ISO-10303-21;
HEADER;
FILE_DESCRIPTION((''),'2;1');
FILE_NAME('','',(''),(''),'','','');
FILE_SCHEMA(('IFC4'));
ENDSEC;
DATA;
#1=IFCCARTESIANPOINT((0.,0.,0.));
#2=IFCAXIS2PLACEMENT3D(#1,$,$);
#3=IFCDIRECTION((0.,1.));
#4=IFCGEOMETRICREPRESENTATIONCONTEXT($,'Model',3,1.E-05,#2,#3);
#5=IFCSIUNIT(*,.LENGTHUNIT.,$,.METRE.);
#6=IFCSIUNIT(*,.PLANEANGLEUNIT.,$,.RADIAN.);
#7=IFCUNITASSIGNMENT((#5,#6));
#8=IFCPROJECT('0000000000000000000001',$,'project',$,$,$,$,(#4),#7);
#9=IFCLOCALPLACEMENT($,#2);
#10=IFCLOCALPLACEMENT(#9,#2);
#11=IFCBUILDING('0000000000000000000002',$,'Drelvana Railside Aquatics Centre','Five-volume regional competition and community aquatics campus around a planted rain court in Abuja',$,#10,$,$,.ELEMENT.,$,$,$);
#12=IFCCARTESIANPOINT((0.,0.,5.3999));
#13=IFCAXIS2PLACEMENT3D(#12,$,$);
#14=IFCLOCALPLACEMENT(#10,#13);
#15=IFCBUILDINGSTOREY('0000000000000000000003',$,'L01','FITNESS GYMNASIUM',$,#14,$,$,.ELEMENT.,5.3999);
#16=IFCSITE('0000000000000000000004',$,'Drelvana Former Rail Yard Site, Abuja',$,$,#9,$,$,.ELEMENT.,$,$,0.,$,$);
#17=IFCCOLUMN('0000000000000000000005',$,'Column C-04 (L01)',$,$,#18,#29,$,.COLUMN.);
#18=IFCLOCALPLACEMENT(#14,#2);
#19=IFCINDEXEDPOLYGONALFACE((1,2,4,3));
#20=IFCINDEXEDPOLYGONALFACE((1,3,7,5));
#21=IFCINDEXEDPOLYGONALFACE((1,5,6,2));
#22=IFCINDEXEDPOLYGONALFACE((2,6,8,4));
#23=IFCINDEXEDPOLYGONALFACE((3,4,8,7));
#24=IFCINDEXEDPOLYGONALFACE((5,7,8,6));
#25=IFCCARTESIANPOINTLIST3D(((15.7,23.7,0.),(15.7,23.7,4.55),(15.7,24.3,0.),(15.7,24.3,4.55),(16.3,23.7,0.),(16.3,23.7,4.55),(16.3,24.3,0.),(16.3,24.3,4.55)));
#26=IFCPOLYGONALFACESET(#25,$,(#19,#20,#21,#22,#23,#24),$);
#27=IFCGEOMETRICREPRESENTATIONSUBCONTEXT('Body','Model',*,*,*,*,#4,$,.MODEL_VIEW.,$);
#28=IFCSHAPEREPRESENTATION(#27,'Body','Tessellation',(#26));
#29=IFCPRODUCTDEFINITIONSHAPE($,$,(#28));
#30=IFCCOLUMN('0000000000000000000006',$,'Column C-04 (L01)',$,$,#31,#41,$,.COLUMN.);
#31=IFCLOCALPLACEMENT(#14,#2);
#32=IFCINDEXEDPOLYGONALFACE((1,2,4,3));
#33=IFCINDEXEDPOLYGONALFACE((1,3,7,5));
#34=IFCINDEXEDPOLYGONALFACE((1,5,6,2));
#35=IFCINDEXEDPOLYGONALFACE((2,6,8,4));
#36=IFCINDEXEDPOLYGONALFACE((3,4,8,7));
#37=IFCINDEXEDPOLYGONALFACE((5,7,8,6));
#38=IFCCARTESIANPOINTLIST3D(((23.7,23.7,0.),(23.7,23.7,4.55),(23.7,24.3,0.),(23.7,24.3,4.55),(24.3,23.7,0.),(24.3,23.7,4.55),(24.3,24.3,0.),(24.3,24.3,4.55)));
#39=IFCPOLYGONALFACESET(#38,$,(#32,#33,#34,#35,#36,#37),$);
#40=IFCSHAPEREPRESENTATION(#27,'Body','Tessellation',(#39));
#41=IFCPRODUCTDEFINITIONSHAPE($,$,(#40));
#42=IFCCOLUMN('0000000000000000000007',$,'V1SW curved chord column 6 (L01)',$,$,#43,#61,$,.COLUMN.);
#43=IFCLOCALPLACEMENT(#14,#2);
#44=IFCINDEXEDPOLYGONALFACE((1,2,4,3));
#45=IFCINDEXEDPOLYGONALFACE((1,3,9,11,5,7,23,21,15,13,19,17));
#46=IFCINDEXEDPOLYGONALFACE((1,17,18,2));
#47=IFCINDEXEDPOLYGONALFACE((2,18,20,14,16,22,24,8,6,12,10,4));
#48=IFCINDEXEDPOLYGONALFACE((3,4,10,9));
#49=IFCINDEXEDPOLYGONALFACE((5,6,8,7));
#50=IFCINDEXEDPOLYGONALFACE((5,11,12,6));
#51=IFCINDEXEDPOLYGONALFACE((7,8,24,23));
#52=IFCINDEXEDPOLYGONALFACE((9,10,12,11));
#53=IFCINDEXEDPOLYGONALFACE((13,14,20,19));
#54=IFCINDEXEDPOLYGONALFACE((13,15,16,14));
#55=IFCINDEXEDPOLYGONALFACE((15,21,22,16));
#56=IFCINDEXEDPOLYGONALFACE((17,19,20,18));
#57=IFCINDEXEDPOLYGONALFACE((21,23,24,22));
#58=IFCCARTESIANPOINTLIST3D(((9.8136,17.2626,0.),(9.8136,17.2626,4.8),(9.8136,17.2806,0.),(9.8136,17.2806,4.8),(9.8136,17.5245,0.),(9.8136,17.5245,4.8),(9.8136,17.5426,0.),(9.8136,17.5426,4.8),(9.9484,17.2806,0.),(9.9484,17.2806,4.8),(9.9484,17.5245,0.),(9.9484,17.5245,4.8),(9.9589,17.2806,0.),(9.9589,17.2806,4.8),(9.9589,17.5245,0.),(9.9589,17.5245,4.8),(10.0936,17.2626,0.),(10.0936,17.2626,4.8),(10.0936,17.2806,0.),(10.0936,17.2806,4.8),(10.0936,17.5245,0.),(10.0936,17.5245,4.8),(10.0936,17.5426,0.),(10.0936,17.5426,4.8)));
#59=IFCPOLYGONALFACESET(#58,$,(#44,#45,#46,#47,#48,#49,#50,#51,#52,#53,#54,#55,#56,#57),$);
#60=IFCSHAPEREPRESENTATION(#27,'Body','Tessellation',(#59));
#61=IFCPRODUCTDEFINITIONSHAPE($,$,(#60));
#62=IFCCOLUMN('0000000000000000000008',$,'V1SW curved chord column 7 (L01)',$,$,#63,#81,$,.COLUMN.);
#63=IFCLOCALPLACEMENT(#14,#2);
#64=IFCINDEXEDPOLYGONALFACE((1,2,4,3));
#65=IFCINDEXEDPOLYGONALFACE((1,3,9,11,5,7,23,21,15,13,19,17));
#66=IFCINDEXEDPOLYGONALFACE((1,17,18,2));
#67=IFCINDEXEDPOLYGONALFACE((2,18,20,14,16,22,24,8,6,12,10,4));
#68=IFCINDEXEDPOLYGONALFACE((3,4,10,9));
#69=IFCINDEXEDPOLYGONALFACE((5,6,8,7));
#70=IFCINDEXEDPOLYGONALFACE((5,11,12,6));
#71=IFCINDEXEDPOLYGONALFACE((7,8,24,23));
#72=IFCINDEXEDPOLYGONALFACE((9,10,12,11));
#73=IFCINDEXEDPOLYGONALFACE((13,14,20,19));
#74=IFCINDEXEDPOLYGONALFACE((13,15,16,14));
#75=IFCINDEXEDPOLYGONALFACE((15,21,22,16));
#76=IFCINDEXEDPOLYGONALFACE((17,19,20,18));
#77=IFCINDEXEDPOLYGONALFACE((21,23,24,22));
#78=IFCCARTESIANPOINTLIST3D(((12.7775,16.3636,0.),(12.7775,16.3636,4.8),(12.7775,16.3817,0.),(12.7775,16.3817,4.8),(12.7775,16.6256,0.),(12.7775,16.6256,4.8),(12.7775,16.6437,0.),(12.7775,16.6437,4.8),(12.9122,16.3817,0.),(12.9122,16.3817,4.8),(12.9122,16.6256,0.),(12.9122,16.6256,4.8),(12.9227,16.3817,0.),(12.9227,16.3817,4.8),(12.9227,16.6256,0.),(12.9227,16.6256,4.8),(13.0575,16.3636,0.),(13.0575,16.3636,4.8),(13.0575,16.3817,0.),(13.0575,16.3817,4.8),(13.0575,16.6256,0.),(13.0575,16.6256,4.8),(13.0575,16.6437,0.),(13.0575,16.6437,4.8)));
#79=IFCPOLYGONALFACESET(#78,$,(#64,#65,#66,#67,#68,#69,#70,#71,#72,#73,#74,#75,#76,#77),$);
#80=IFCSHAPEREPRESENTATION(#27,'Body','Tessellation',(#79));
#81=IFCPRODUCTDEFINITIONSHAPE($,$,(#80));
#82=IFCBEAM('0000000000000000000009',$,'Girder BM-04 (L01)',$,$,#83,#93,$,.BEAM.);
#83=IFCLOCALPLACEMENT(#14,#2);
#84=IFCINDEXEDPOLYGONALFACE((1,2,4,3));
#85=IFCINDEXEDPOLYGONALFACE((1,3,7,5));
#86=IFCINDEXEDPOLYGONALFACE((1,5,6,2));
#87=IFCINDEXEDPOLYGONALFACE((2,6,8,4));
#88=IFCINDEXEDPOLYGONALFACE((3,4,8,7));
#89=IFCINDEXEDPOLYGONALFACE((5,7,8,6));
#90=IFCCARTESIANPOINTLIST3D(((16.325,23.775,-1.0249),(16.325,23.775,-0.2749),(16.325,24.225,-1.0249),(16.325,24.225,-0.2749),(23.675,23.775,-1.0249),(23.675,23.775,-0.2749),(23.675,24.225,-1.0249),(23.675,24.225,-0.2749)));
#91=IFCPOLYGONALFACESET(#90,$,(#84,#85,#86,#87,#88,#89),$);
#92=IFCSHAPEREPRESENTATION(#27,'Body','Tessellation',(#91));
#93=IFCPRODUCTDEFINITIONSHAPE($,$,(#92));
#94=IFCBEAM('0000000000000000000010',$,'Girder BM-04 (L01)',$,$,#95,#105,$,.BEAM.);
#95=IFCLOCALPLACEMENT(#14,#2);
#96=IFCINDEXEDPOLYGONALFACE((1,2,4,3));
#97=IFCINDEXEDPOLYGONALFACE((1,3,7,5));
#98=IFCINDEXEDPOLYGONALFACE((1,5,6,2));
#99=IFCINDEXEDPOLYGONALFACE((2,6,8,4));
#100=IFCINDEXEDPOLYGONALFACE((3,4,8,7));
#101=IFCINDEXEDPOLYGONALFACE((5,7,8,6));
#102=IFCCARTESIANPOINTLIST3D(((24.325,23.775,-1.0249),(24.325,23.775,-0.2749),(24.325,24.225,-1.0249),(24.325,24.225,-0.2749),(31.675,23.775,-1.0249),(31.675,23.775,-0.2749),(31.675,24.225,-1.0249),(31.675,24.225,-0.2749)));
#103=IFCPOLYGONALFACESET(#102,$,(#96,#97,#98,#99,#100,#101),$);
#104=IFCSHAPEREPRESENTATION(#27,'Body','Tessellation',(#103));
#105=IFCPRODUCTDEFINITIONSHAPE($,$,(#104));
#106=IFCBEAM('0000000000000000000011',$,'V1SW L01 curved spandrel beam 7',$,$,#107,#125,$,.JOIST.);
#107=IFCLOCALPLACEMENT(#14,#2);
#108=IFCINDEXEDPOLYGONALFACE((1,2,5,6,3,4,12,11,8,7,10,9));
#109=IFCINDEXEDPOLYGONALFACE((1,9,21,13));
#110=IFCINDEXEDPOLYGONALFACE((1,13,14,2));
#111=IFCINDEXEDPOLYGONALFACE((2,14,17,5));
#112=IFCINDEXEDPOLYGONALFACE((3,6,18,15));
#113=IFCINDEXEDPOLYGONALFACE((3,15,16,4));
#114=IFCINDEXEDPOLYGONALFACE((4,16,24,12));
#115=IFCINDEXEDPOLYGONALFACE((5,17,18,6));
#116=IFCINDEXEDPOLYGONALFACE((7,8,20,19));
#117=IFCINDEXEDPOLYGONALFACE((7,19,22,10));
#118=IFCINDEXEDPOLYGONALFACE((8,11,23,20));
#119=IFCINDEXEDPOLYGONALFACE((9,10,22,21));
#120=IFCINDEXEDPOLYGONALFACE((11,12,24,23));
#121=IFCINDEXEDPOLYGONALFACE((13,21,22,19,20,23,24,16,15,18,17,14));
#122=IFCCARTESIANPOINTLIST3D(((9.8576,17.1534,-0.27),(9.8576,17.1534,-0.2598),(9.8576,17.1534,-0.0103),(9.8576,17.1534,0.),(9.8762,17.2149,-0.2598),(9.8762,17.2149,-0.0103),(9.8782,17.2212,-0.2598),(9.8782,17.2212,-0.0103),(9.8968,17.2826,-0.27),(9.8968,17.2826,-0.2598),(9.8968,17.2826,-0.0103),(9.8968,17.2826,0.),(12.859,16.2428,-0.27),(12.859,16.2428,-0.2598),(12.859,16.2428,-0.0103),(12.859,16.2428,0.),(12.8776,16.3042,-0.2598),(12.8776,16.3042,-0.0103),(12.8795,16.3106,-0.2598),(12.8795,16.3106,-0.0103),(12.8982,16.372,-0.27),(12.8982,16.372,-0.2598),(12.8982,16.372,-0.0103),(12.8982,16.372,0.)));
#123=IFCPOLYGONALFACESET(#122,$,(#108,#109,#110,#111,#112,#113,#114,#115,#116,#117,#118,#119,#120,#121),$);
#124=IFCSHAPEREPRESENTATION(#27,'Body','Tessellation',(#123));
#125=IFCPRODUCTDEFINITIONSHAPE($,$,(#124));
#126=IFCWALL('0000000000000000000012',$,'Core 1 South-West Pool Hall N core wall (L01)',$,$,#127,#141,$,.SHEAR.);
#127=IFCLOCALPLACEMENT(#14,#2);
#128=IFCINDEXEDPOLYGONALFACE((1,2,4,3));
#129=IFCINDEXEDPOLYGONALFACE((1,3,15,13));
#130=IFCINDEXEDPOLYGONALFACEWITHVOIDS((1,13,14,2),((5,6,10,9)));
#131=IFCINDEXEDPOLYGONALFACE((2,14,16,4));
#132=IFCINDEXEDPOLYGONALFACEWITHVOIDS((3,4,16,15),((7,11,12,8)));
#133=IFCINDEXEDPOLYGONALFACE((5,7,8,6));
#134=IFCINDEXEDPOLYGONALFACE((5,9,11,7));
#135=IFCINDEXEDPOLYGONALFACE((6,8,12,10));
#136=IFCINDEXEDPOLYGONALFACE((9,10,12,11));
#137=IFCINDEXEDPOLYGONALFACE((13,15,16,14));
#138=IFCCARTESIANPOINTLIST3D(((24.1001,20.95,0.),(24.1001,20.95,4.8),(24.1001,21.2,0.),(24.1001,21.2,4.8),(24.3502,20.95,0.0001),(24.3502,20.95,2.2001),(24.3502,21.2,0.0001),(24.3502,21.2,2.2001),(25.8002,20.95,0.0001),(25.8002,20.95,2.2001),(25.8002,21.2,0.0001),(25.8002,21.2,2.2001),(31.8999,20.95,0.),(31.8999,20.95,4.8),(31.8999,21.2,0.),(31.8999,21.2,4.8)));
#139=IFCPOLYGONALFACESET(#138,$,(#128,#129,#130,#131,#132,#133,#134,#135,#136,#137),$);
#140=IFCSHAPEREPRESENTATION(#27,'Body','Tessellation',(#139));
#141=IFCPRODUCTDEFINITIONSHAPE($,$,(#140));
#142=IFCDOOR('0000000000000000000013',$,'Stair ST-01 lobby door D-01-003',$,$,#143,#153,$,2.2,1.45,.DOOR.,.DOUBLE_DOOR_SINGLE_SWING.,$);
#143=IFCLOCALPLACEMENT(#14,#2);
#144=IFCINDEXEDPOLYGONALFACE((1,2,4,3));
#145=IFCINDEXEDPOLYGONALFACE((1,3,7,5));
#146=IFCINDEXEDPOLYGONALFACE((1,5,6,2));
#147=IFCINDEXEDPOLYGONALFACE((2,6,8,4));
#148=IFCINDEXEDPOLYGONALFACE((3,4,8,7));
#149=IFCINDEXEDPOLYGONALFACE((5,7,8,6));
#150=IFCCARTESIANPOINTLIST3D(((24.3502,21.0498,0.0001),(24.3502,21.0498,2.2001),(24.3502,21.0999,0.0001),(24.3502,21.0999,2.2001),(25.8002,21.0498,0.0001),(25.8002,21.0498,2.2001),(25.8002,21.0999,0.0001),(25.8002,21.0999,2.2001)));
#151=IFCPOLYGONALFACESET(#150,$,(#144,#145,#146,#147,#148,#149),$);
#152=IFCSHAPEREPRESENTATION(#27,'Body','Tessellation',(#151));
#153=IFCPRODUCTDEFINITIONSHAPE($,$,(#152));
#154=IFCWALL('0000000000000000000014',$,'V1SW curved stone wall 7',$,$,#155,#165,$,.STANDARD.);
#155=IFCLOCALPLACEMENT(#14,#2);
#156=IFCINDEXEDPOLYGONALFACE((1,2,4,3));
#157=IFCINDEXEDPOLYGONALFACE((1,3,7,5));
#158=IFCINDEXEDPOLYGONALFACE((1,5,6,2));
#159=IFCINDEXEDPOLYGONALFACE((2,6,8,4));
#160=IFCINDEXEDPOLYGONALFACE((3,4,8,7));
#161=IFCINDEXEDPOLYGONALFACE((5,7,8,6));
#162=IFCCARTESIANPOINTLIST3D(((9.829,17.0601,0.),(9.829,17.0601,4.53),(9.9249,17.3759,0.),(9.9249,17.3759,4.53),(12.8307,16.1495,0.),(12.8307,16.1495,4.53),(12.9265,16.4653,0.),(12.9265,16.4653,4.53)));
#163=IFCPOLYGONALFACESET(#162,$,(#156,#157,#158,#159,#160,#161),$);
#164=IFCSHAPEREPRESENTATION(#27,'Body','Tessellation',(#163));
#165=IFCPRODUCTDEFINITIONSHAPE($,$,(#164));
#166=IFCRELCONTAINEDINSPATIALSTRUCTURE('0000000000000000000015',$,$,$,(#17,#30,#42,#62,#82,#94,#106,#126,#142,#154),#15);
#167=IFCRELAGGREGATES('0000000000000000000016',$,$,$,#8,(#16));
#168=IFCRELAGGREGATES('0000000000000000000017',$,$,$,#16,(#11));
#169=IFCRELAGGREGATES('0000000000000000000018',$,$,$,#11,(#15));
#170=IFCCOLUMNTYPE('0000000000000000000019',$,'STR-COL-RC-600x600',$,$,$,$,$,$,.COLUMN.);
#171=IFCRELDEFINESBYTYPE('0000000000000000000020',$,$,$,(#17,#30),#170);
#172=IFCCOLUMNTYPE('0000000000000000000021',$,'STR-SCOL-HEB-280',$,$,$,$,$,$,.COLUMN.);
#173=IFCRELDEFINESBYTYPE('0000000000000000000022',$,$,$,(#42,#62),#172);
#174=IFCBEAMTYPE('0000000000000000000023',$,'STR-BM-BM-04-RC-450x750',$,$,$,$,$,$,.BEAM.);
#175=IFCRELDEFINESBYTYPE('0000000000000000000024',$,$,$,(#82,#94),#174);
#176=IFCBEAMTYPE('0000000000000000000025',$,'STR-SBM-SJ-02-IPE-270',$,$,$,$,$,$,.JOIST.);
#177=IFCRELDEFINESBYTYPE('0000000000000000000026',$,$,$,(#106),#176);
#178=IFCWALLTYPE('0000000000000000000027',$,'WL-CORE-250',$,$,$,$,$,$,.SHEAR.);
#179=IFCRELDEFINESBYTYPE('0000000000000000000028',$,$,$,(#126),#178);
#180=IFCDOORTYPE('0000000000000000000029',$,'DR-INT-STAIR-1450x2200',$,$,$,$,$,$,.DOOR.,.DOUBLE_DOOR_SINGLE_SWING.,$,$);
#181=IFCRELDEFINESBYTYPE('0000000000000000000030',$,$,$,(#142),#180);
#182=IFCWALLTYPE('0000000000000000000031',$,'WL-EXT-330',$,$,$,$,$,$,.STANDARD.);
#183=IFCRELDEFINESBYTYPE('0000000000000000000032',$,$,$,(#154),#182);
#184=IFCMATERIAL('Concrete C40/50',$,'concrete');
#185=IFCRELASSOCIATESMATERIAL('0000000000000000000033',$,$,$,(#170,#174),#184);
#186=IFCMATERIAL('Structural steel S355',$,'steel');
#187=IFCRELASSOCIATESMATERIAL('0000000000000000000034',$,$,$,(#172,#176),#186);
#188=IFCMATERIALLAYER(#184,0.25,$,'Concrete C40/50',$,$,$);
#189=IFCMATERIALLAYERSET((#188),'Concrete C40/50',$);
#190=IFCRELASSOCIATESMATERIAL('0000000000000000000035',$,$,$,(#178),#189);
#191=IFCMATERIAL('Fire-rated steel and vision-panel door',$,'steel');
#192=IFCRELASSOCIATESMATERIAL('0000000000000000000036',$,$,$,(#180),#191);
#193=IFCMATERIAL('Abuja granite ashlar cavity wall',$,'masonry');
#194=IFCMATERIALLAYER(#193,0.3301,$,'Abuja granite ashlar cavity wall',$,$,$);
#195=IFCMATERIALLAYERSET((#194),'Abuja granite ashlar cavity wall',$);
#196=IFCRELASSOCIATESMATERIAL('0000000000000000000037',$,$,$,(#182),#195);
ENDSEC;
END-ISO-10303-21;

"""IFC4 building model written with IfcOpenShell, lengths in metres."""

from ifc_helpers import new_model, si_unit, direction, frame, frame_2d, origin, origin_2d, place, context, subcontext, project, spatial, rectangle, i_section, extrude, material, layer, layer_set, material_profile, profile_set, type_object, element, fill, save


model = new_model("IFC4")

# Units and contexts
model_context = context("Model", 3, precision=1e-05, world=origin(), true_north=direction((0.0, 1.0)))
body_context = subcontext(model_context, "Body", "Model", "MODEL_VIEW")
ifc_project = project(units=[si_unit("LENGTHUNIT", "METRE"), si_unit("PLANEANGLEUNIT", "RADIAN")], contexts=[model_context])

# Site, building, storey
site_placement = place(None, origin())
site = spatial("IfcSite", under=ifc_project, at=site_placement, Name="Drelvana Former Rail Yard Site, Abuja", CompositionType="ELEMENT", RefElevation=0.0)
building_placement = place(site_placement, origin())
building = spatial("IfcBuilding", under=site, at=building_placement, Name="Drelvana Railside Aquatics Centre", Description="Five-volume regional competition and community aquatics campus around a planted rain court in Abuja", CompositionType="ELEMENT")
storey_placement = place(building_placement, frame((0.0, 0.0, 5.3999)))
storey = spatial("IfcBuildingStorey", under=building, at=storey_placement, Name="L01", Description="FITNESS GYMNASIUM", CompositionType="ELEMENT", Elevation=5.3999)

# Columns
ifc_material_1 = material(Name="Concrete C40/50", Category="concrete")
ifc_material_profile_1 = material_profile(ifc_material_1, rectangle(XDim=0.6001, YDim=0.6001, at=origin_2d()), Name="RC 600x600")
ifc_profile_set_1 = profile_set([ifc_material_profile_1], Name="Concrete C40/50")
column_type_1 = type_object("IfcColumnType", Name="STR-COL-RC-600x600", PredefinedType="COLUMN", material=ifc_profile_set_1)
for number, where, z_axis, x_axis, name in (
    (1, (16.0, 24.0, 0.0), (0.0, 0.0, 1.0), (1.0, 0.0, 0.0), "Column C-04 (L01)"),
    (2, (24.0, 24.0, 0.0), (0.0, 0.0, 1.0), (1.0, 0.0, 0.0), "Column C-04 (L01)"),
):
    element("IfcColumn", number, at=place(storey_placement, frame(where, z_axis=z_axis, x_axis=x_axis)), inside=storey, type_object=column_type_1, Name=name, PredefinedType="COLUMN", context=body_context, shape_type="SweptSolid", body=[
        extrude(rectangle(XDim=0.6001, YDim=0.6001, at=origin_2d()), origin(), (0.0, 0.0, 1.0), 4.55),
    ])
ifc_material_2 = material(Name="Structural steel S355", Category="steel")
ifc_material_profile_2 = material_profile(ifc_material_2, i_section(OverallWidth=0.28, OverallDepth=0.28, WebThickness=0.0105, FlangeThickness=0.0181, at=origin_2d()), Name="HEB 280")
ifc_profile_set_2 = profile_set([ifc_material_profile_2], Name="Structural steel S355")
column_type_2 = type_object("IfcColumnType", Name="STR-SCOL-HEB-280", PredefinedType="COLUMN", material=ifc_profile_set_2)
for number, where, z_axis, x_axis, name in (
    (3, (9.9536, 17.4026, 0.0), (0.0, 0.0, 1.0), (1.0, 0.0, 0.0), "V1SW curved chord column 6 (L01)"),
    (4, (12.9175, 16.5037, 0.0), (0.0, 0.0, 1.0), (1.0, 0.0, 0.0), "V1SW curved chord column 7 (L01)"),
):
    element("IfcColumn", number, at=place(storey_placement, frame(where, z_axis=z_axis, x_axis=x_axis)), inside=storey, type_object=column_type_2, Name=name, PredefinedType="COLUMN", context=body_context, shape_type="SweptSolid", body=[
        extrude(i_section(OverallWidth=0.28, OverallDepth=0.28, WebThickness=0.0105, FlangeThickness=0.0181, at=origin_2d()), origin(), (0.0, 0.0, 1.0), 4.8),
    ])

# Beams
ifc_material_profile_3 = material_profile(ifc_material_1, rectangle(XDim=0.45, YDim=0.75, at=origin_2d()), Name="RC 450x750")
ifc_profile_set_3 = profile_set([ifc_material_profile_3], Name="Concrete C40/50")
beam_type_1 = type_object("IfcBeamType", Name="STR-BM-BM-04-RC-450x750", PredefinedType="BEAM", material=ifc_profile_set_3)
for number, where, z_axis, x_axis, name in (
    (5, (16.325, 24.0, -0.6499), (1.0, 0.0, 0.0), (0.0, 1.0, 0.0), "Girder BM-04 (L01)"),
    (6, (24.325, 24.0, -0.6499), (1.0, 0.0, 0.0), (0.0, 1.0, 0.0), "Girder BM-04 (L01)"),
):
    element("IfcBeam", number, at=place(storey_placement, frame(where, z_axis=z_axis, x_axis=x_axis)), inside=storey, type_object=beam_type_1, Name=name, PredefinedType="BEAM", context=body_context, shape_type="SweptSolid", body=[
        extrude(rectangle(XDim=0.45, YDim=0.75, at=origin_2d()), origin(), (0.0, 0.0, 1.0), 7.3501),
    ])
ifc_material_profile_4 = material_profile(ifc_material_2, i_section(OverallWidth=0.135, OverallDepth=0.27, WebThickness=0.0066, FlangeThickness=0.0103, at=origin_2d()), Name="IPE 270")
ifc_profile_set_4 = profile_set([ifc_material_profile_4], Name="Structural steel S355")
beam_type_2 = type_object("IfcBeamType", Name="STR-SBM-SJ-02-IPE-270", PredefinedType="JOIST", material=ifc_profile_set_4)
beam_placement = place(storey_placement, frame((9.8772, 17.218, -0.135), z_axis=(0.956926, -0.290331, 0.0), x_axis=(0.290331, 0.956926, 0.0)))
element("IfcBeam", 7, at=beam_placement, inside=storey, type_object=beam_type_2, Name="V1SW L01 curved spandrel beam 7", PredefinedType="JOIST", context=body_context, shape_type="SweptSolid", body=[
    extrude(i_section(OverallWidth=0.135, OverallDepth=0.27, WebThickness=0.0066, FlangeThickness=0.0103, at=origin_2d()), origin(), (0.0, 0.0, 1.0), 3.1365),
])

# Wall, opening, door
ifc_layer_1 = layer(ifc_material_1, 0.25, Name="Concrete C40/50")
ifc_layer_set_1 = layer_set([ifc_layer_1], Name="Concrete C40/50")
wall_type_1 = type_object("IfcWallType", Name="WL-CORE-250", PredefinedType="SHEAR", material=ifc_layer_set_1)
wall_1_placement = place(storey_placement, frame((24.1001, 21.075, 0.0), z_axis=(0.0, 0.0, 1.0), x_axis=(1.0, 0.0, 0.0)))
wall_1 = element("IfcWall", 8, at=wall_1_placement, inside=storey, type_object=wall_type_1, Name="Core 1 South-West Pool Hall N core wall (L01)", PredefinedType="SHEAR", context=body_context, shape_type="SweptSolid", body=[
    extrude(rectangle(XDim=7.7998, YDim=0.25, at=frame_2d((3.8999, 0.0))), origin(), (0.0, 0.0, 1.0), 4.8),
])
opening_1_placement = place(wall_1_placement, frame((0.25, 0.0, 0.0)))
opening_1 = element("IfcOpeningElement", 9, at=opening_1_placement, cuts=wall_1, PredefinedType="OPENING", context=body_context, shape_type="SweptSolid", body=[
    extrude(rectangle(XDim=1.45, YDim=2.2, at=frame_2d((0.7251, 1.1001))), frame((0.0, 0.135, 0.0), z_axis=(0.0, -1.0, 0.0), x_axis=(1.0, 0.0, 0.0)), (0.0, 0.0, 1.0), 0.27),
])
ifc_material_3 = material(Name="Fire-rated steel and vision-panel door", Category="steel")
door_type_1 = type_object("IfcDoorType", Name="DR-INT-STAIR-1450x2200", OperationType="DOUBLE_DOOR_SINGLE_SWING", PredefinedType="DOOR", material=ifc_material_3)
door_1_placement = place(opening_1_placement, origin())
door_1 = element("IfcDoor", 10, at=door_1_placement, inside=storey, type_object=door_type_1, Name="Stair ST-01 lobby door D-01-003", OperationType="DOUBLE_DOOR_SINGLE_SWING", OverallHeight=2.2, OverallWidth=1.45, PredefinedType="DOOR", context=body_context, shape_type="SweptSolid", body=[
    extrude(rectangle(XDim=1.45, YDim=2.2, at=frame_2d((0.7251, 1.1001))), frame((0.0, 0.0249, 0.0), z_axis=(0.0, -1.0, 0.0), x_axis=(1.0, 0.0, 0.0)), (0.0, 0.0, 1.0), 0.05),
])
fill(opening_1, door_1)

# Wall
ifc_material_4 = material(Name="Abuja granite ashlar cavity wall", Category="masonry")
ifc_layer_2 = layer(ifc_material_4, 0.3301, Name="Abuja granite ashlar cavity wall")
ifc_layer_set_2 = layer_set([ifc_layer_2], Name="Abuja granite ashlar cavity wall")
wall_type_2 = type_object("IfcWallType", Name="WL-EXT-330", PredefinedType="STANDARD", material=ifc_layer_set_2)
wall_2_placement = place(storey_placement, frame((9.877, 17.218, 0.0), z_axis=(0.0, 0.0, 1.0), x_axis=(0.956933, -0.29031, 0.0)))
element("IfcWall", 11, at=wall_2_placement, inside=storey, type_object=wall_type_2, Name="V1SW curved stone wall 7", PredefinedType="STANDARD", context=body_context, shape_type="SweptSolid", body=[
    extrude(rectangle(XDim=3.1367, YDim=0.3301, at=frame_2d((1.5684, 0.0))), origin(), (0.0, 0.0, 1.0), 4.53),
])

save(model, "model.ifc")
